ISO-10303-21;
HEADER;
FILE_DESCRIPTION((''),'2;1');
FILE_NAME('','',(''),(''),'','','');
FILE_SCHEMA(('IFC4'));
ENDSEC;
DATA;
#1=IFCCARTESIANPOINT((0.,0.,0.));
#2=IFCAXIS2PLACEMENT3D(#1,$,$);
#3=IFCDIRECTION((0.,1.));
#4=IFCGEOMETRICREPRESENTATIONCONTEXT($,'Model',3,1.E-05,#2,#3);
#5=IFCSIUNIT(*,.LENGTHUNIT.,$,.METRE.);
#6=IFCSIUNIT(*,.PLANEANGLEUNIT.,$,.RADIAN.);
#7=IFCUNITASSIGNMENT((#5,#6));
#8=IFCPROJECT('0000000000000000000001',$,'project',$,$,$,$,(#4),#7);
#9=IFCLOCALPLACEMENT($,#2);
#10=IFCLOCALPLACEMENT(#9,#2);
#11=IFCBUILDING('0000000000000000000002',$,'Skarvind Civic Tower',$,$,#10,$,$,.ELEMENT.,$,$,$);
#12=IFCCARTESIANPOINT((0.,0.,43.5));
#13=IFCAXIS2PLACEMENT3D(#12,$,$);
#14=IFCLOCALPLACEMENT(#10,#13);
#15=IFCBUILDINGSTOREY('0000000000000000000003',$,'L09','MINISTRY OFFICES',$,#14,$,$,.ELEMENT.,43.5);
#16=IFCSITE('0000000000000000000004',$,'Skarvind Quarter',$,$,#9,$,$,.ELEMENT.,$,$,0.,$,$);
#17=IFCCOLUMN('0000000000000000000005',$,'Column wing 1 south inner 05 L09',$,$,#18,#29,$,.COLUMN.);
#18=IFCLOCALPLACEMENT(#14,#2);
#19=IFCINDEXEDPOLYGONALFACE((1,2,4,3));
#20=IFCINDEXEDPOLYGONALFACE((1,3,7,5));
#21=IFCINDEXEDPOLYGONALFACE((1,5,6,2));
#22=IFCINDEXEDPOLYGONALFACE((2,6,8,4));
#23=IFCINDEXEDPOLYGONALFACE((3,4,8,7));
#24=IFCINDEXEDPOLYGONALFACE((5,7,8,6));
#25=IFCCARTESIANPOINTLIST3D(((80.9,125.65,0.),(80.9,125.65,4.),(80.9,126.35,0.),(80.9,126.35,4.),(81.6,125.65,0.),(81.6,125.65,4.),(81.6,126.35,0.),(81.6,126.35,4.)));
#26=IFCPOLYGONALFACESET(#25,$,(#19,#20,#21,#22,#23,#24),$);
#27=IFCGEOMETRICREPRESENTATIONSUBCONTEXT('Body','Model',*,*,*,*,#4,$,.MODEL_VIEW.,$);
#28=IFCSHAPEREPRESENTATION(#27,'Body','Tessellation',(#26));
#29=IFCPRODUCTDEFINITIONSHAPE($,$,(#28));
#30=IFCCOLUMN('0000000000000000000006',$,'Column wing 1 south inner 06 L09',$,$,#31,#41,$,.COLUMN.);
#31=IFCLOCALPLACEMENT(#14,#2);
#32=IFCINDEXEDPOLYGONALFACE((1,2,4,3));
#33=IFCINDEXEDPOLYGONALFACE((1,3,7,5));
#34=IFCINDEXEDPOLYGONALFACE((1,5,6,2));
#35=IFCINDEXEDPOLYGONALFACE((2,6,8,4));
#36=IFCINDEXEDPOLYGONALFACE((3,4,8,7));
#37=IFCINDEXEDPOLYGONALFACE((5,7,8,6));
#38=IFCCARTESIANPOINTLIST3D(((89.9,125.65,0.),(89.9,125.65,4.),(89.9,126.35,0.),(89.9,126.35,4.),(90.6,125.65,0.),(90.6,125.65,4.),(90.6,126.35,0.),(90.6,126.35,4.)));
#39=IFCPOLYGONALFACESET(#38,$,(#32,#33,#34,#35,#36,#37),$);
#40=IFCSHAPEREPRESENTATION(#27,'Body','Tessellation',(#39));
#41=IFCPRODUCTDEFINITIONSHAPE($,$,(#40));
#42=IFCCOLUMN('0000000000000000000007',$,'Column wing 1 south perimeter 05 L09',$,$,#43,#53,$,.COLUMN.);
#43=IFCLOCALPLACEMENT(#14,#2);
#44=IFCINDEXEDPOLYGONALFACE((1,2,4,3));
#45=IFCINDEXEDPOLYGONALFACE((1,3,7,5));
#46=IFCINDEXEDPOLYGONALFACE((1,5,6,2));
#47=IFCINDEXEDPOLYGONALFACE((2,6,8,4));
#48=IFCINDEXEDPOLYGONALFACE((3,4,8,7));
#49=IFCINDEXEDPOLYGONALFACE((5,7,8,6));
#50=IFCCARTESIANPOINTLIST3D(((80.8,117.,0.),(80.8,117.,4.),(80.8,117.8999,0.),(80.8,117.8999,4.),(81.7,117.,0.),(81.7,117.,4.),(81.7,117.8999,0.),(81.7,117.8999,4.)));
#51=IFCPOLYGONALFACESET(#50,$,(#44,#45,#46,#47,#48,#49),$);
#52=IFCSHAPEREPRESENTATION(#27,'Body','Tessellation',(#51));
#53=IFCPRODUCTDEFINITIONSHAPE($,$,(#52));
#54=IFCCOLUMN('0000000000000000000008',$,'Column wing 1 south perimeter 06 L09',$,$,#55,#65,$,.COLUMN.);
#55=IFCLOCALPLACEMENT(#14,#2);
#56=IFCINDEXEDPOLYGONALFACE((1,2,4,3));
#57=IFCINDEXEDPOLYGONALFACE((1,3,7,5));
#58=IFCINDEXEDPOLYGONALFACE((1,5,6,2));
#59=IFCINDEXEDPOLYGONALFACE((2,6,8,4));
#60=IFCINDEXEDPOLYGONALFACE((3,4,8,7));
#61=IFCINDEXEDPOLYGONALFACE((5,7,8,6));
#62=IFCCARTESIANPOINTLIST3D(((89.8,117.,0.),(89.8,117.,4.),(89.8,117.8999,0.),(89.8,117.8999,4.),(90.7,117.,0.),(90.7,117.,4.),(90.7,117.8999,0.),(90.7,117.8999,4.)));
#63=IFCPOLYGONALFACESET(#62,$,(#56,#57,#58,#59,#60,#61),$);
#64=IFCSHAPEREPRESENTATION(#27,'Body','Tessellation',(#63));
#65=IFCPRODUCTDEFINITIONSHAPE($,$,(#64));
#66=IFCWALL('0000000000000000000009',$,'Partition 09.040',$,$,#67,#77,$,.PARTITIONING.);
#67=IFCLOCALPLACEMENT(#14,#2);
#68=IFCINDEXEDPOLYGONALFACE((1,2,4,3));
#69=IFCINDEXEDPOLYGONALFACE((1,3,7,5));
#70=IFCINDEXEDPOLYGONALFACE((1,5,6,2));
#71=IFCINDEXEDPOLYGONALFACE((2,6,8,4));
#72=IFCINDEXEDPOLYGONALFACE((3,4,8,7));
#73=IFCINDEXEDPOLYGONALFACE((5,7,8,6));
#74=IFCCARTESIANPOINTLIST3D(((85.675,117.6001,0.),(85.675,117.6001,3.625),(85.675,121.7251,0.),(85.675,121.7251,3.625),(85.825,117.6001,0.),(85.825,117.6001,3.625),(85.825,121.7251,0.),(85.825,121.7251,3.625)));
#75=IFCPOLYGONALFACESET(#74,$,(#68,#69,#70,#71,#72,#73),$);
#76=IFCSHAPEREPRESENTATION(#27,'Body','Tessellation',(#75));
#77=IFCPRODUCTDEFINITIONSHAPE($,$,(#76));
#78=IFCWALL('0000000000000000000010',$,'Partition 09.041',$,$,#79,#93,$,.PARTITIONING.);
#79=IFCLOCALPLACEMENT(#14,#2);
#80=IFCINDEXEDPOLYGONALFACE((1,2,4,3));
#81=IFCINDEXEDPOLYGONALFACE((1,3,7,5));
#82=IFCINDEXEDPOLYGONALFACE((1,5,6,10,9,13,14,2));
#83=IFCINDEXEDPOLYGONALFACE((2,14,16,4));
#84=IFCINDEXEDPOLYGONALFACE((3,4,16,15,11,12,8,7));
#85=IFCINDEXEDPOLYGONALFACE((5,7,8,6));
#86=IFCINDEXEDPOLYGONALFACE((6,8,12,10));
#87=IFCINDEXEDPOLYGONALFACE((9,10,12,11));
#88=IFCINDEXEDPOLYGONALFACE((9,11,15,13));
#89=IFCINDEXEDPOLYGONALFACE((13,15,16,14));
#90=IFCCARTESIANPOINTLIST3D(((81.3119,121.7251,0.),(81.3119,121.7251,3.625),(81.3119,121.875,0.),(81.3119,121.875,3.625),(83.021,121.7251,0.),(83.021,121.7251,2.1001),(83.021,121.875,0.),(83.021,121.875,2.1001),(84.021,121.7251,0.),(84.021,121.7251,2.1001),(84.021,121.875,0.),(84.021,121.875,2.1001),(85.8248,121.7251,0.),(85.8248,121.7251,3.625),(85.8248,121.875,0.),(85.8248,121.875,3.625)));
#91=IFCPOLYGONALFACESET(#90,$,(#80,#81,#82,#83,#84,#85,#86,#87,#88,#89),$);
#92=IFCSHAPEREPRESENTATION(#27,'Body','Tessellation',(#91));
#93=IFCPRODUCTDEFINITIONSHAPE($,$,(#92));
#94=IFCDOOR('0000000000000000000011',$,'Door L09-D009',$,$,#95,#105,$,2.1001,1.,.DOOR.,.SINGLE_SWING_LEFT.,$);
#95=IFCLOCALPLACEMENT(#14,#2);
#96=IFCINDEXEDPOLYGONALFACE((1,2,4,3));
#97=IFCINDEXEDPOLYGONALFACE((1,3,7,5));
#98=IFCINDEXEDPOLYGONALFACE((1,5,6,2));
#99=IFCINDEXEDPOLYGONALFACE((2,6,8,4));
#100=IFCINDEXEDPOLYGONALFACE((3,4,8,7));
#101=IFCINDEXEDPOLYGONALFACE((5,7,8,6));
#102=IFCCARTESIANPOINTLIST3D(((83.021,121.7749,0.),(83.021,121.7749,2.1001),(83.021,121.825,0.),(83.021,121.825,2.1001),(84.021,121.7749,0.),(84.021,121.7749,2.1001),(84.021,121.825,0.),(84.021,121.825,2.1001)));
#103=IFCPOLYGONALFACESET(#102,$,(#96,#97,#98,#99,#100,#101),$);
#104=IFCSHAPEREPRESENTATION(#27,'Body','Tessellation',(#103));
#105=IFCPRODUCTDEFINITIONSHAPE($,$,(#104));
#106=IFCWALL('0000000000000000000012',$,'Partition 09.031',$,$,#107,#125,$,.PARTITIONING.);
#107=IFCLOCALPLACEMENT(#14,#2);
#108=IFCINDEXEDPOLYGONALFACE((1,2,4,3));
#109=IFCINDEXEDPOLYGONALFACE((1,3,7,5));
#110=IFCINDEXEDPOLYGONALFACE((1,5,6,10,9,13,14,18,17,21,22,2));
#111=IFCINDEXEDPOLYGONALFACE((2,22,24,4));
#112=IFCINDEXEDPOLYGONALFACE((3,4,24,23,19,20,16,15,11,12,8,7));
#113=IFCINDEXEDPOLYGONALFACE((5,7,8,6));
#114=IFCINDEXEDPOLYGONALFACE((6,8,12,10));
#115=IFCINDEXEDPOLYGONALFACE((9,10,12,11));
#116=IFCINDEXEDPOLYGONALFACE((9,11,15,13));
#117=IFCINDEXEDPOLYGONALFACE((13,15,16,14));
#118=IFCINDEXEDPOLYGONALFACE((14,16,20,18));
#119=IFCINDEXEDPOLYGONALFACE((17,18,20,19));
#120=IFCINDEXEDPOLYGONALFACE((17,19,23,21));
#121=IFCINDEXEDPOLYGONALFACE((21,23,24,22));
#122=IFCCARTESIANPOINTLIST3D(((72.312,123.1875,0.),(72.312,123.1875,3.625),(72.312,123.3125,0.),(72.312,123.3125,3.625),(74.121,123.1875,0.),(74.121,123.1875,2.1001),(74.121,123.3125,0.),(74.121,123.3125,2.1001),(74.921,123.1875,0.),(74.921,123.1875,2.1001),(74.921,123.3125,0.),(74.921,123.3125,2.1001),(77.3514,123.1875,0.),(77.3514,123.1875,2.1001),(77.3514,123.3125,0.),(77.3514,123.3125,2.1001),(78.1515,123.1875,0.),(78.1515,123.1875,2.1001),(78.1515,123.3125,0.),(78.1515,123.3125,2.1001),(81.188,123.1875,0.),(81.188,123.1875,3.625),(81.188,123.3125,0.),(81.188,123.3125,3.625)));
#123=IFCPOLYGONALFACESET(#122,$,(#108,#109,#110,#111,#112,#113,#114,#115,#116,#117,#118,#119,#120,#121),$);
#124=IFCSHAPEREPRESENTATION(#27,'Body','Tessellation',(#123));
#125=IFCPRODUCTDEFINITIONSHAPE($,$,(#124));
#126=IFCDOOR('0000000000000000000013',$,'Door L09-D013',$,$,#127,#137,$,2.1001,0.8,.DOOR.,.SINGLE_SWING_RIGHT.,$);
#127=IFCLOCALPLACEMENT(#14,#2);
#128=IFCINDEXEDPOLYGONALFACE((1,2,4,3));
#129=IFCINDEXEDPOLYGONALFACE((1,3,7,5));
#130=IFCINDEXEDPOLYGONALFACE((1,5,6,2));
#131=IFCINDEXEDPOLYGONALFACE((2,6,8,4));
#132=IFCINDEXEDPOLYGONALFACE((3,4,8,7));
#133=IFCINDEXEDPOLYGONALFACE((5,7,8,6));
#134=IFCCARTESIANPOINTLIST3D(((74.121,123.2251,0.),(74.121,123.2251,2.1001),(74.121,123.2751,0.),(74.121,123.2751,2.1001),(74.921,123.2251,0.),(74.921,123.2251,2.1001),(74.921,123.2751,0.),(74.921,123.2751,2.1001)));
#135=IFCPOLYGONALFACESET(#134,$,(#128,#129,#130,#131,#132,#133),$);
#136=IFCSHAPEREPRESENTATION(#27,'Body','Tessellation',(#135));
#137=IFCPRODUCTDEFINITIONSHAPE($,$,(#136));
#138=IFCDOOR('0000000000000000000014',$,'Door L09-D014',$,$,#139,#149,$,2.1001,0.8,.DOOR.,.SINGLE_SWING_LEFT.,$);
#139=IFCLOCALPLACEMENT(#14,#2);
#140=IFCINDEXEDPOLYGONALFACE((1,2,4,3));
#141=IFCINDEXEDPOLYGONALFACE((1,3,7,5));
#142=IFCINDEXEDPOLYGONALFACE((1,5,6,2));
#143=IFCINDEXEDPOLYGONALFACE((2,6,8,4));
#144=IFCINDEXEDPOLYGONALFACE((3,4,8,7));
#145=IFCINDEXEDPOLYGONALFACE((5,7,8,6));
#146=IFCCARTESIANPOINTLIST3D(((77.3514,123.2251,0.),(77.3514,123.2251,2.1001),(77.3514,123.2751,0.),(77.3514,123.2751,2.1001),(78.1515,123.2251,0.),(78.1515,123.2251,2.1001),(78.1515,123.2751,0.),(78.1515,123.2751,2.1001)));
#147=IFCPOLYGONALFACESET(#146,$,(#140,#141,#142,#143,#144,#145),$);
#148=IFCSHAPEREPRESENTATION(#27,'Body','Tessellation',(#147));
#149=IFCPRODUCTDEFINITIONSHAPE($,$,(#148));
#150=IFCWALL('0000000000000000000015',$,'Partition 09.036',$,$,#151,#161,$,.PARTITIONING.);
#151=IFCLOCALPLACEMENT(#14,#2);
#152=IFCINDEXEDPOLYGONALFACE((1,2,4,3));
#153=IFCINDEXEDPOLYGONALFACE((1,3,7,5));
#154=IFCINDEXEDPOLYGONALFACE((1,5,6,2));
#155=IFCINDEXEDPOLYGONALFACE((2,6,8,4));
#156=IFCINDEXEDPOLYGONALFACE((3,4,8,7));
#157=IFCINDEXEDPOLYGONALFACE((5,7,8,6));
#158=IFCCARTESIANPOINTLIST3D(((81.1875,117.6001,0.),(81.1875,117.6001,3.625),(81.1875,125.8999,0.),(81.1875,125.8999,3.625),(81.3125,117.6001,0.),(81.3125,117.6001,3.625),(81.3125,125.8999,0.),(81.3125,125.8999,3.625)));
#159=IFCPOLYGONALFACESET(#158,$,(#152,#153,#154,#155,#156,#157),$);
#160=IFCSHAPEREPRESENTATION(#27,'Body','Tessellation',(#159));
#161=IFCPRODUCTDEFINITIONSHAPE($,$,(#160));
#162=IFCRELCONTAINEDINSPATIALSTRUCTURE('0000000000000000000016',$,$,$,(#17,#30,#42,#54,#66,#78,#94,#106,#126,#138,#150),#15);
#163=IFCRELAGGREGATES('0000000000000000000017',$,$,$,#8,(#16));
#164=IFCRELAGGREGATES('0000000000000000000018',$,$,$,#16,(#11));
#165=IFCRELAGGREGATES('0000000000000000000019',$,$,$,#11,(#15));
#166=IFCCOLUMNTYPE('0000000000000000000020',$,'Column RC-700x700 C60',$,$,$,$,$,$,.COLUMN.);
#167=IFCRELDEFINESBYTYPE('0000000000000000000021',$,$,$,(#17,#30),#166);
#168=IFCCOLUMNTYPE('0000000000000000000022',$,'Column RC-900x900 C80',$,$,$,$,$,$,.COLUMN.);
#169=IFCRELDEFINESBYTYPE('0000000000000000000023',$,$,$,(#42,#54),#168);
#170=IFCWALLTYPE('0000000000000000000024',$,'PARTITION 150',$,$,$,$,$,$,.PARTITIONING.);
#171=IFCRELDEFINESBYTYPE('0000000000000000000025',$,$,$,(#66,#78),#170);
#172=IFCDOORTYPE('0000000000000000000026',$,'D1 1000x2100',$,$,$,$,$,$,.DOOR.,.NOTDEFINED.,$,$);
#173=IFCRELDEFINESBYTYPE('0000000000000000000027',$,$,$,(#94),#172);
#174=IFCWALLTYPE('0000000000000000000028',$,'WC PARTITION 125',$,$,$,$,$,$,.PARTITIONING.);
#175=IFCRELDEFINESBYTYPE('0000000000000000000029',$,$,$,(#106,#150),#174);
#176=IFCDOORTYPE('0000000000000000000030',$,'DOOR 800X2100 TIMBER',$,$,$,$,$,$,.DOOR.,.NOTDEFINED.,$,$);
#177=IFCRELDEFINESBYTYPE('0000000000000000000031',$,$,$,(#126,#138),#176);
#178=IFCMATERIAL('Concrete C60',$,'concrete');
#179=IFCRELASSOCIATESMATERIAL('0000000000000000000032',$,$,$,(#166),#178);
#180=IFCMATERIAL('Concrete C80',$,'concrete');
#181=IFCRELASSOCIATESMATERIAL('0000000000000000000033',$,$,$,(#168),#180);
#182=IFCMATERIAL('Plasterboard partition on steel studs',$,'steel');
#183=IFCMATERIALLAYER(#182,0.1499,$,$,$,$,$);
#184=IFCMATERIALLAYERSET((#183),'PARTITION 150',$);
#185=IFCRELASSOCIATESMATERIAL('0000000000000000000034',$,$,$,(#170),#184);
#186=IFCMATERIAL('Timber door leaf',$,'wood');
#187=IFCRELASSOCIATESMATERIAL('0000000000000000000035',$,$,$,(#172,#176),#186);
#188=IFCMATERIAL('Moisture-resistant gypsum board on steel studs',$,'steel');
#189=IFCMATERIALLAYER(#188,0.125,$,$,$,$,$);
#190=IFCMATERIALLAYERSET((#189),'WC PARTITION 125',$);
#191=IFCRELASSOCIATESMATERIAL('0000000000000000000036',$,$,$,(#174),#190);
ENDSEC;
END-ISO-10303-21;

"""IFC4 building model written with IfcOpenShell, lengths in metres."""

from ifc_helpers import new_model, si_unit, direction, frame, frame_2d, origin, origin_2d, place, context, subcontext, project, spatial, rectangle, extrude, material, layer, layer_set, material_profile, profile_set, type_object, element, fill, save


model = new_model("IFC4")

# Units and contexts
model_context = context("Model", 3, precision=1e-05, world=origin(), true_north=direction((0.0, 1.0)))
body_context = subcontext(model_context, "Body", "Model", "MODEL_VIEW")
ifc_project = project(units=[si_unit("LENGTHUNIT", "METRE"), si_unit("PLANEANGLEUNIT", "RADIAN")], contexts=[model_context])

# Site, building, storey
site_placement = place(None, origin())
site = spatial("IfcSite", under=ifc_project, at=site_placement, Name="Skarvind Quarter", CompositionType="ELEMENT", RefElevation=0.0)
building_placement = place(site_placement, origin())
building = spatial("IfcBuilding", under=site, at=building_placement, Name="Skarvind Civic Tower", CompositionType="ELEMENT")
storey_placement = place(building_placement, frame((0.0, 0.0, 43.5)))
storey = spatial("IfcBuildingStorey", under=building, at=storey_placement, Name="L09", Description="MINISTRY OFFICES", CompositionType="ELEMENT", Elevation=43.5)

# Columns
ifc_material_1 = material(Name="Concrete C60", Category="concrete")
ifc_material_profile_1 = material_profile(ifc_material_1, rectangle(XDim=0.7, YDim=0.7, at=origin_2d()), Name="RC-700x700")
ifc_profile_set_1 = profile_set([ifc_material_profile_1], Name="Concrete C60")
column_type_1 = type_object("IfcColumnType", Name="Column RC-700x700 C60", PredefinedType="COLUMN", material=ifc_profile_set_1)
for number, where, z_axis, x_axis, name in (
    (1, (81.25, 126.0, 0.0), (0.0, 0.0, 1.0), (1.0, 0.0, 0.0), "Column wing 1 south inner 05 L09"),
    (2, (90.25, 126.0, 0.0), (0.0, 0.0, 1.0), (1.0, 0.0, 0.0), "Column wing 1 south inner 06 L09"),
):
    element("IfcColumn", number, at=place(storey_placement, frame(where, z_axis=z_axis, x_axis=x_axis)), inside=storey, type_object=column_type_1, Name=name, PredefinedType="COLUMN", context=body_context, shape_type="SweptSolid", body=[
        extrude(rectangle(XDim=0.7, YDim=0.7, at=origin_2d()), origin(), (0.0, 0.0, 1.0), 4.0),
    ])
ifc_material_2 = material(Name="Concrete C80", Category="concrete")
ifc_material_profile_2 = material_profile(ifc_material_2, rectangle(XDim=0.8999, YDim=0.8999, at=origin_2d()), Name="RC-900x900")
ifc_profile_set_2 = profile_set([ifc_material_profile_2], Name="Concrete C80")
column_type_2 = type_object("IfcColumnType", Name="Column RC-900x900 C80", PredefinedType="COLUMN", material=ifc_profile_set_2)
for number, where, z_axis, x_axis, name in (
    (3, (81.25, 117.45, 0.0), (0.0, 0.0, 1.0), (1.0, 0.0, 0.0), "Column wing 1 south perimeter 05 L09"),
    (4, (90.25, 117.45, 0.0), (0.0, 0.0, 1.0), (1.0, 0.0, 0.0), "Column wing 1 south perimeter 06 L09"),
):
    element("IfcColumn", number, at=place(storey_placement, frame(where, z_axis=z_axis, x_axis=x_axis)), inside=storey, type_object=column_type_2, Name=name, PredefinedType="COLUMN", context=body_context, shape_type="SweptSolid", body=[
        extrude(rectangle(XDim=0.8999, YDim=0.8999, at=origin_2d()), origin(), (0.0, 0.0, 1.0), 4.0),
    ])

# Wall
ifc_material_3 = material(Name="Plasterboard partition on steel studs", Category="steel")
ifc_layer_1 = layer(ifc_material_3, 0.1499)
ifc_layer_set_1 = layer_set([ifc_layer_1], Name="PARTITION 150")
wall_type_1 = type_object("IfcWallType", Name="PARTITION 150", PredefinedType="PARTITIONING", material=ifc_layer_set_1)
wall_1_placement = place(storey_placement, frame((85.75, 117.6001, 0.0), z_axis=(0.0, 0.0, 1.0), x_axis=(0.0, 1.0, 0.0)))
element("IfcWall", 5, at=wall_1_placement, inside=storey, type_object=wall_type_1, Name="Partition 09.040", PredefinedType="PARTITIONING", context=body_context, shape_type="SweptSolid", body=[
    extrude(rectangle(XDim=4.125, YDim=0.1499, at=frame_2d((2.0625, 0.0))), origin(), (0.0, 0.0, 1.0), 3.625),
])

# Wall, opening, door
wall_2_placement = place(storey_placement, frame((81.312, 121.8, 0.0), z_axis=(0.0, 0.0, 1.0), x_axis=(1.0, 0.0, 0.0)))
wall_2 = element("IfcWall", 6, at=wall_2_placement, inside=storey, type_object=wall_type_1, Name="Partition 09.041", PredefinedType="PARTITIONING", context=body_context, shape_type="SweptSolid", body=[
    extrude(rectangle(XDim=4.5129, YDim=0.1499, at=frame_2d((2.2563, 0.0))), origin(), (0.0, 0.0, 1.0), 3.625),
])
opening_1_placement = place(wall_2_placement, frame((1.709, 0.0, 0.0)))
opening_1 = element("IfcOpeningElement", 7, at=opening_1_placement, cuts=wall_2, PredefinedType="OPENING", context=body_context, shape_type="SweptSolid", body=[
    extrude(rectangle(XDim=1.0, YDim=2.1001, at=frame_2d((0.5, 1.05))), frame((0.0, 0.085, 0.0), z_axis=(0.0, -1.0, 0.0), x_axis=(1.0, 0.0, 0.0)), (0.0, 0.0, 1.0), 0.1699),
])
ifc_material_4 = material(Name="Timber door leaf", Category="wood")
door_type_1 = type_object("IfcDoorType", Name="D1 1000x2100", OperationType="NOTDEFINED", PredefinedType="DOOR", material=ifc_material_4)
door_1_placement = place(opening_1_placement, origin())
door_1 = element("IfcDoor", 8, at=door_1_placement, inside=storey, type_object=door_type_1, Name="Door L09-D009", OperationType="SINGLE_SWING_LEFT", OverallHeight=2.1001, OverallWidth=1.0, PredefinedType="DOOR", context=body_context, shape_type="SweptSolid", body=[
    extrude(rectangle(XDim=1.0, YDim=2.1001, at=frame_2d((0.5, 1.05))), frame((0.0, 0.0249, 0.0), z_axis=(0.0, -1.0, 0.0), x_axis=(1.0, 0.0, 0.0)), (0.0, 0.0, 1.0), 0.05),
])
fill(opening_1, door_1)

# Wall, openings, doors
ifc_material_5 = material(Name="Moisture-resistant gypsum board on steel studs", Category="steel")
ifc_layer_2 = layer(ifc_material_5, 0.125)
ifc_layer_set_2 = layer_set([ifc_layer_2], Name="WC PARTITION 125")
wall_type_2 = type_object("IfcWallType", Name="WC PARTITION 125", PredefinedType="PARTITIONING", material=ifc_layer_set_2)
wall_3_placement = place(storey_placement, frame((81.188, 123.25, 0.0), z_axis=(0.0, 0.0, 1.0), x_axis=(-1.0, 0.0, 0.0)))
wall_3 = element("IfcWall", 9, at=wall_3_placement, inside=storey, type_object=wall_type_2, Name="Partition 09.031", PredefinedType="PARTITIONING", context=body_context, shape_type="SweptSolid", body=[
    extrude(rectangle(XDim=8.876, YDim=0.125, at=frame_2d((4.438, 0.0))), origin(), (0.0, 0.0, 1.0), 3.625),
])
opening_2_placement = place(wall_3_placement, frame((6.2671, 0.0, 0.0)))
opening_2 = element("IfcOpeningElement", 10, at=opening_2_placement, cuts=wall_3, PredefinedType="OPENING", context=body_context, shape_type="SweptSolid", body=[
    extrude(rectangle(XDim=0.8, YDim=2.1001, at=frame_2d((0.3999, 1.05))), frame((0.0, 0.0725, 0.0), z_axis=(0.0, -1.0, 0.0), x_axis=(1.0, 0.0, 0.0)), (0.0, 0.0, 1.0), 0.145),
])
opening_3_placement = place(wall_3_placement, frame((3.0366, 0.0, 0.0)))
opening_3 = element("IfcOpeningElement", 11, at=opening_3_placement, cuts=wall_3, PredefinedType="OPENING", context=body_context, shape_type="SweptSolid", body=[
    extrude(rectangle(XDim=0.8, YDim=2.1001, at=frame_2d((0.3999, 1.05))), frame((0.0, 0.0725, 0.0), z_axis=(0.0, -1.0, 0.0), x_axis=(1.0, 0.0, 0.0)), (0.0, 0.0, 1.0), 0.145),
])
door_type_2 = type_object("IfcDoorType", Name="DOOR 800X2100 TIMBER", OperationType="NOTDEFINED", PredefinedType="DOOR", material=ifc_material_4)
door_2_placement = place(opening_2_placement, origin())
door_2 = element("IfcDoor", 12, at=door_2_placement, inside=storey, type_object=door_type_2, Name="Door L09-D013", OperationType="SINGLE_SWING_RIGHT", OverallHeight=2.1001, OverallWidth=0.8, PredefinedType="DOOR", context=body_context, shape_type="SweptSolid", body=[
    extrude(rectangle(XDim=0.8, YDim=2.1001, at=frame_2d((0.3999, 1.05))), frame((0.0, 0.0249, 0.0), z_axis=(0.0, -1.0, 0.0), x_axis=(1.0, 0.0, 0.0)), (0.0, 0.0, 1.0), 0.05),
])
fill(opening_2, door_2)
door_3_placement = place(opening_3_placement, origin())
door_3 = element("IfcDoor", 13, at=door_3_placement, inside=storey, type_object=door_type_2, Name="Door L09-D014", OperationType="SINGLE_SWING_LEFT", OverallHeight=2.1001, OverallWidth=0.8, PredefinedType="DOOR", context=body_context, shape_type="SweptSolid", body=[
    extrude(rectangle(XDim=0.8, YDim=2.1001, at=frame_2d((0.3999, 1.05))), frame((0.0, 0.0249, 0.0), z_axis=(0.0, -1.0, 0.0), x_axis=(1.0, 0.0, 0.0)), (0.0, 0.0, 1.0), 0.05),
])
fill(opening_3, door_3)

# Wall
wall_4_placement = place(storey_placement, frame((81.25, 117.6001, 0.0), z_axis=(0.0, 0.0, 1.0), x_axis=(0.0, 1.0, 0.0)))
element("IfcWall", 14, at=wall_4_placement, inside=storey, type_object=wall_type_2, Name="Partition 09.036", PredefinedType="PARTITIONING", context=body_context, shape_type="SweptSolid", body=[
    extrude(rectangle(XDim=8.2998, YDim=0.125, at=frame_2d((4.1499, 0.0))), origin(), (0.0, 0.0, 1.0), 3.625),
])

save(model, "model.ifc")
